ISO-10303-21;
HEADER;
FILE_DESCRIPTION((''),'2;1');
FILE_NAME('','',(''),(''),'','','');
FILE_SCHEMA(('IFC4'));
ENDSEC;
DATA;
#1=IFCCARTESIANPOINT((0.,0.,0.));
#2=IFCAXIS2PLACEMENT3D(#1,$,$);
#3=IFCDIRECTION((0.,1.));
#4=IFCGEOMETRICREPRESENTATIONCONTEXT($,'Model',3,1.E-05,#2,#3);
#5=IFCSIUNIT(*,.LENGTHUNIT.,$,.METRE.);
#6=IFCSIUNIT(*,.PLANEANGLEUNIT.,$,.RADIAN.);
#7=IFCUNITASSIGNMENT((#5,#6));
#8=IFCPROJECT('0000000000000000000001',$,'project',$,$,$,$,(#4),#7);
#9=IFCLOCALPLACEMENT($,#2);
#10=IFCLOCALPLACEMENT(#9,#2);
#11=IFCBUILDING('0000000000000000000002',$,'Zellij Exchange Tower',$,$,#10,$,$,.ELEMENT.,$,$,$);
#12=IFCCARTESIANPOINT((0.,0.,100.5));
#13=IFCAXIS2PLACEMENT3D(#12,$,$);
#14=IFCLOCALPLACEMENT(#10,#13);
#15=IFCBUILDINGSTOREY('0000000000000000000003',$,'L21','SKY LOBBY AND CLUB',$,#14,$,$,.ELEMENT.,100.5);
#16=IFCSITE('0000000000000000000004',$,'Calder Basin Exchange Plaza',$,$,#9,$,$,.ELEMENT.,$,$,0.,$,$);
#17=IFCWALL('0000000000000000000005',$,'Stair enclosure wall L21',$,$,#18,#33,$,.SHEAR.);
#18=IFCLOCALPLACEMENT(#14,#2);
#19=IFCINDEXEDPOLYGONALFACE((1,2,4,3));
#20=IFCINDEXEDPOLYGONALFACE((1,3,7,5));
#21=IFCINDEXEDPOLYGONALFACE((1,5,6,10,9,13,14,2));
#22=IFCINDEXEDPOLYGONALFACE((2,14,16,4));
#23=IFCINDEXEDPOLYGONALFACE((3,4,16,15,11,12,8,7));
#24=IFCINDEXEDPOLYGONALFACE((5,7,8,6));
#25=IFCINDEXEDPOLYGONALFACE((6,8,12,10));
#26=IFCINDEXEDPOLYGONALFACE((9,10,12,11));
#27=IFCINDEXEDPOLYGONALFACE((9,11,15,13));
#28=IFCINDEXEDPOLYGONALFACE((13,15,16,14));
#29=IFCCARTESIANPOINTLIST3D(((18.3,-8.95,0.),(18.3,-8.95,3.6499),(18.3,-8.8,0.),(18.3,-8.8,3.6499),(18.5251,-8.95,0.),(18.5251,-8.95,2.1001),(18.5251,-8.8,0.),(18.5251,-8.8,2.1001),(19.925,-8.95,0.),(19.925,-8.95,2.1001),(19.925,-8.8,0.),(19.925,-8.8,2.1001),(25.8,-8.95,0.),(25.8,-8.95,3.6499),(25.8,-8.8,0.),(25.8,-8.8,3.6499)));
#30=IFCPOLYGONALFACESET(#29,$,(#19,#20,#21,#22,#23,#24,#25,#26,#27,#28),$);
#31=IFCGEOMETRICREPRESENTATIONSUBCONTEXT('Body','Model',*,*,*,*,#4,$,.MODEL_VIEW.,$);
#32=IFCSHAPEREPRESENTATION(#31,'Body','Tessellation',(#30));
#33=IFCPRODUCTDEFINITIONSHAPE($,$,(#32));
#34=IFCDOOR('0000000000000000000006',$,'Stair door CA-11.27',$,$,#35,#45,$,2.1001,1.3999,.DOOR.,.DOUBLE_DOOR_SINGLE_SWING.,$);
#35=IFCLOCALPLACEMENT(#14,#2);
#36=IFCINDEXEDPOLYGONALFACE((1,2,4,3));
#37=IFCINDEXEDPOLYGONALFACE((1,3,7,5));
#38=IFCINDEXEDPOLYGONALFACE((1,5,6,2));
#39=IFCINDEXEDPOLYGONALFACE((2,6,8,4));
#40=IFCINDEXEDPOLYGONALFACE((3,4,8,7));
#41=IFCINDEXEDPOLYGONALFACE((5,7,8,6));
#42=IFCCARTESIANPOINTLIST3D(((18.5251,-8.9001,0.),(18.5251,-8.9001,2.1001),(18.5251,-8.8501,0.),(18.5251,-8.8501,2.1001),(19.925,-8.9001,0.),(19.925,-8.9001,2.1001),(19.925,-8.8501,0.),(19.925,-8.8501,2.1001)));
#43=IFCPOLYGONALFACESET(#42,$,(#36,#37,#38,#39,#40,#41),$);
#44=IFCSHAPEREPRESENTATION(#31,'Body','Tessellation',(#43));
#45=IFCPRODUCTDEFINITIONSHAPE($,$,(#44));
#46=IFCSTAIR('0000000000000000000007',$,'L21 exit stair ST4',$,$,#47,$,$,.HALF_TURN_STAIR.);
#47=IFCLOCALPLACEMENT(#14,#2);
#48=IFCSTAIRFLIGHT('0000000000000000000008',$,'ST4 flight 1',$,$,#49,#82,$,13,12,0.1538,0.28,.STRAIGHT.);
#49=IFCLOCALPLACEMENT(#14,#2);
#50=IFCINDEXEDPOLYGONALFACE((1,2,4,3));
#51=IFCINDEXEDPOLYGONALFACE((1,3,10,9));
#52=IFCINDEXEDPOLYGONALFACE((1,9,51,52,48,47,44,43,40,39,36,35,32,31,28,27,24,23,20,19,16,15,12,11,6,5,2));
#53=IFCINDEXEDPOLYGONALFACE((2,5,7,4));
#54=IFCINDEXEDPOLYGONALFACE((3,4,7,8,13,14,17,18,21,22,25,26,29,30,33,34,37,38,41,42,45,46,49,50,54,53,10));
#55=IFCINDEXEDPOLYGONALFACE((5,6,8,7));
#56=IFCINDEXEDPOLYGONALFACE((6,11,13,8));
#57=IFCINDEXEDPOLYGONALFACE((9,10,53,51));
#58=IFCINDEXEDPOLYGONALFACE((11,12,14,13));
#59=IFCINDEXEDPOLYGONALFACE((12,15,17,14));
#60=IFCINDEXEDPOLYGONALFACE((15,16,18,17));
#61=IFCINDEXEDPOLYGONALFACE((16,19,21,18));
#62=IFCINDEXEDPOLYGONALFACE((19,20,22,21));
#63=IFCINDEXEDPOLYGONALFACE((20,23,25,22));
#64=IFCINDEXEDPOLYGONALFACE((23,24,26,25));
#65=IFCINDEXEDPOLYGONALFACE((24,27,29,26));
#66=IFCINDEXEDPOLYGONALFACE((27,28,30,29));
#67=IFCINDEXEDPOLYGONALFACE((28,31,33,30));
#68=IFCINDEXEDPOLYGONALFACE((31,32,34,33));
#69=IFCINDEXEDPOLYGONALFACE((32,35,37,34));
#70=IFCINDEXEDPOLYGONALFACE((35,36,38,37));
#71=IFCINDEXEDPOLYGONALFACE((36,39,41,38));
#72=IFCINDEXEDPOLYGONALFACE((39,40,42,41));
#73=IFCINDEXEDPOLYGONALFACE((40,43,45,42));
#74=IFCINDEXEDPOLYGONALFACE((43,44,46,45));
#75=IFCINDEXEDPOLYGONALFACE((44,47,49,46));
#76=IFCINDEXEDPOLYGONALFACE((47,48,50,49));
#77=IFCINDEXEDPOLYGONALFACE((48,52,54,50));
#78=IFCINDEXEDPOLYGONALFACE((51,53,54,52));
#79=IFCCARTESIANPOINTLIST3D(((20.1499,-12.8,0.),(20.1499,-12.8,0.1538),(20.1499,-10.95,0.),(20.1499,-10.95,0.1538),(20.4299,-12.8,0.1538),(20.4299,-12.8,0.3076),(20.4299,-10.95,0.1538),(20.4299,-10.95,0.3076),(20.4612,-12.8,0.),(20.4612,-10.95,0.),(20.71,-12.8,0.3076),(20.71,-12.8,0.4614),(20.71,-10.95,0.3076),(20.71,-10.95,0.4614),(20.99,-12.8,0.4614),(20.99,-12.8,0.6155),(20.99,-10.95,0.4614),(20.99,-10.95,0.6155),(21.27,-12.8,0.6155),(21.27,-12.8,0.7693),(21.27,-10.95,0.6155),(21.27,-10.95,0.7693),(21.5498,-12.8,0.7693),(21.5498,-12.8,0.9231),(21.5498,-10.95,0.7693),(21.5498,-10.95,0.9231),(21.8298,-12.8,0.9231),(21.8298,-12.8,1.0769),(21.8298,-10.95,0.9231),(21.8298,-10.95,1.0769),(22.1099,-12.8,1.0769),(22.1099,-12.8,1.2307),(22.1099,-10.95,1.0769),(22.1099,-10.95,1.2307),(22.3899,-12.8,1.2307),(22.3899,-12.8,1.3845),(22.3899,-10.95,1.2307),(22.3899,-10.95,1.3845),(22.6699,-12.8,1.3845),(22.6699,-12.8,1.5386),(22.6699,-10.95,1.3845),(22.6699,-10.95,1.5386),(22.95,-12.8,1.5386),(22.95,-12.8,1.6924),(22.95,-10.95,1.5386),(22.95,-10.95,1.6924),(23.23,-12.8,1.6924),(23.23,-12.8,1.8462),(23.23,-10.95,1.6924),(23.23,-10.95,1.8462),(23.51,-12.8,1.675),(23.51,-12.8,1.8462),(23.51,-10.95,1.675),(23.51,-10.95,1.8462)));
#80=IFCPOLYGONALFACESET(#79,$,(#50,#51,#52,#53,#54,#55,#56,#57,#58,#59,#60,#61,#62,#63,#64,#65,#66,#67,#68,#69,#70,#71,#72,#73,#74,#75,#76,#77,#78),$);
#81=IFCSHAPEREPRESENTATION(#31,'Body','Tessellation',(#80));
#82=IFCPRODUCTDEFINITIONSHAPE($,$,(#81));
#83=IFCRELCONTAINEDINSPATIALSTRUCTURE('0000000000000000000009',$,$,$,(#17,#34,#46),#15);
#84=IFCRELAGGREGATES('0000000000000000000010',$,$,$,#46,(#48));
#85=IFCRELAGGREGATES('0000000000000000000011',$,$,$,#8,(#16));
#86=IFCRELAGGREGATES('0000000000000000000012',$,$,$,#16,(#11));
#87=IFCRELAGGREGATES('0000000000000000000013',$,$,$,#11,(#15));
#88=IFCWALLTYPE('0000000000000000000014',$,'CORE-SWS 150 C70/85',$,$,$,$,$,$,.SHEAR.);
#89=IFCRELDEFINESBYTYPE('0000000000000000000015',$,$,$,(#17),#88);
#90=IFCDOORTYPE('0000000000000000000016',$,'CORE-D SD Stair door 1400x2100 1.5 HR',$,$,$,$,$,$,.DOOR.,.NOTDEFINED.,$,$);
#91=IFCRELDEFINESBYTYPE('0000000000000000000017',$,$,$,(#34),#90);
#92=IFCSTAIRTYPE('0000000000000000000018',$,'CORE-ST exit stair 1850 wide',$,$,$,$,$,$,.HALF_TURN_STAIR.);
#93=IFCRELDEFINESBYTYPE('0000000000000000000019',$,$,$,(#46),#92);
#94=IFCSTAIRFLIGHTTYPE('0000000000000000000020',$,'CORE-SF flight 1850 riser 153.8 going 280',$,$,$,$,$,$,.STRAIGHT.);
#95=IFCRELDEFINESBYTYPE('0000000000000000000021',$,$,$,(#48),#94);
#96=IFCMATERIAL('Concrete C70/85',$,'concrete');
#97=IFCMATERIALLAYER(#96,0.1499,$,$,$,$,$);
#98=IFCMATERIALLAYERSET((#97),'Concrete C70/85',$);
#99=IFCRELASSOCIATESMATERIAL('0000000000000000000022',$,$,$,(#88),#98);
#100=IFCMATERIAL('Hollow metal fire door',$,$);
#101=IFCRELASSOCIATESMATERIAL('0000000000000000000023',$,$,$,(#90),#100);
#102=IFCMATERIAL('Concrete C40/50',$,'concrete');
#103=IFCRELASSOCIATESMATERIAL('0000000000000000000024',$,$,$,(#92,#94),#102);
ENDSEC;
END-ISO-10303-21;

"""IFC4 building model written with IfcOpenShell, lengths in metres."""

from ifc_helpers import new_model, si_unit, direction, frame, frame_2d, origin, place, context, subcontext, project, spatial, polyline, rectangle, outline, extrude, material, layer, layer_set, type_object, element, fill, aggregate, save


model = new_model("IFC4")

# Units and contexts
model_context = context("Model", 3, precision=1e-05, world=origin(), true_north=direction((0.0, 1.0)))
body_context = subcontext(model_context, "Body", "Model", "MODEL_VIEW")
ifc_project = project(units=[si_unit("LENGTHUNIT", "METRE"), si_unit("PLANEANGLEUNIT", "RADIAN")], contexts=[model_context])

# Site, building, storey
site_placement = place(None, origin())
site = spatial("IfcSite", under=ifc_project, at=site_placement, Name="Calder Basin Exchange Plaza", CompositionType="ELEMENT", RefElevation=0.0)
building_placement = place(site_placement, origin())
building = spatial("IfcBuilding", under=site, at=building_placement, Name="Zellij Exchange Tower", CompositionType="ELEMENT")
storey_placement = place(building_placement, frame((0.0, 0.0, 100.5)))
storey = spatial("IfcBuildingStorey", under=building, at=storey_placement, Name="L21", Description="SKY LOBBY AND CLUB", CompositionType="ELEMENT", Elevation=100.5)

# Shared definitions
ifc_material_1 = material(Name="Concrete C70/85", Category="concrete")

# Wall, opening, door
ifc_layer_1 = layer(ifc_material_1, 0.1499)
ifc_layer_set_1 = layer_set([ifc_layer_1], Name="Concrete C70/85")
wall_type_1 = type_object("IfcWallType", Name="CORE-SWS 150 C70/85", PredefinedType="SHEAR", material=ifc_layer_set_1)
wall_1_placement = place(storey_placement, frame((18.3, -8.875, 0.0), z_axis=(0.0, 0.0, 1.0), x_axis=(1.0, 0.0, 0.0)))
wall_1 = element("IfcWall", 1, at=wall_1_placement, inside=storey, type_object=wall_type_1, Name="Stair enclosure wall L21", PredefinedType="SHEAR", context=body_context, shape_type="SweptSolid", body=[
    extrude(rectangle(XDim=7.5, YDim=0.1499, at=frame_2d((3.75, 0.0))), origin(), (0.0, 0.0, 1.0), 3.6499),
])
opening_placement = place(wall_1_placement, frame((0.2251, 0.0, 0.0)))
opening = element("IfcOpeningElement", 2, at=opening_placement, cuts=wall_1, PredefinedType="OPENING", context=body_context, shape_type="SweptSolid", body=[
    extrude(rectangle(XDim=1.3999, YDim=2.1001, at=frame_2d((0.7, 1.05))), frame((0.0, 0.0869, 0.0), z_axis=(0.0, -1.0, 0.0), x_axis=(1.0, 0.0, 0.0)), (0.0, 0.0, 1.0), 0.1738),
])
ifc_material_2 = material(Name="Hollow metal fire door")
door_type = type_object("IfcDoorType", Name="CORE-D SD Stair door 1400x2100 1.5 HR", OperationType="NOTDEFINED", PredefinedType="DOOR", material=ifc_material_2)
door_placement = place(opening_placement, origin())
door = element("IfcDoor", 3, at=door_placement, inside=storey, type_object=door_type, Name="Stair door CA-11.27", OperationType="DOUBLE_DOOR_SINGLE_SWING", OverallHeight=2.1001, OverallWidth=1.3999, PredefinedType="DOOR", context=body_context, shape_type="SweptSolid", body=[
    extrude(rectangle(XDim=1.3999, YDim=2.1001, at=frame_2d((0.7, 1.05))), frame((0.0, 0.0249, 0.0), z_axis=(0.0, -1.0, 0.0), x_axis=(1.0, 0.0, 0.0)), (0.0, 0.0, 1.0), 0.05),
])
fill(opening, door)

# Stair, stair flight
ifc_material_3 = material(Name="Concrete C40/50", Category="concrete")
stair_type = type_object("IfcStairType", Name="CORE-ST exit stair 1850 wide", PredefinedType="HALF_TURN_STAIR", material=ifc_material_3)
stair_placement = place(storey_placement, origin())
stair = element("IfcStair", 4, at=stair_placement, inside=storey, type_object=stair_type, Name="L21 exit stair ST4", PredefinedType="HALF_TURN_STAIR")
stair_flight_type = type_object("IfcStairFlightType", Name="CORE-SF flight 1850 riser 153.8 going 280", PredefinedType="STRAIGHT", material=ifc_material_3)
stair_flight_placement = place(storey_placement, frame((20.1499, -11.875, 0.0), z_axis=(0.0, 0.0, 1.0), x_axis=(1.0, 0.0, 0.0)))
stair_flight = element("IfcStairFlight", 5, at=stair_flight_placement, type_object=stair_flight_type, Name="ST4 flight 1", NumberOfRisers=13, NumberOfTreads=12, PredefinedType="STRAIGHT", RiserHeight=0.1538, TreadLength=0.28, context=body_context, shape_type="SweptSolid", body=[
    extrude(outline(polyline([(0.0, 0.0), (0.0, 0.1538), (0.28, 0.1538), (0.28, 0.3076), (0.5601, 0.3076), (0.5601, 0.4614), (0.8401, 0.4614), (0.8401, 0.6155), (1.1201, 0.6155), (1.1201, 0.7693), (1.3999, 0.7693), (1.3999, 0.9231), (1.6799, 0.9231), (1.6799, 1.0769), (1.96, 1.0769), (1.96, 1.2307), (2.24, 1.2307), (2.24, 1.3845), (2.52, 1.3845), (2.52, 1.5386), (2.8, 1.5386), (2.8, 1.6924), (3.0801, 1.6924), (3.0801, 1.8462), (3.3601, 1.8462), (3.3601, 2.0), (3.3601, 1.675), (0.3113, 0.0), (0.0, 0.0)])), frame((0.0, 0.925, 0.0), z_axis=(0.0, -1.0, 0.0), x_axis=(1.0, 0.0, 0.0)), (0.0, 0.0, 1.0), 1.8501),
])
aggregate(stair, [stair_flight])

save(model, "model.ifc")
